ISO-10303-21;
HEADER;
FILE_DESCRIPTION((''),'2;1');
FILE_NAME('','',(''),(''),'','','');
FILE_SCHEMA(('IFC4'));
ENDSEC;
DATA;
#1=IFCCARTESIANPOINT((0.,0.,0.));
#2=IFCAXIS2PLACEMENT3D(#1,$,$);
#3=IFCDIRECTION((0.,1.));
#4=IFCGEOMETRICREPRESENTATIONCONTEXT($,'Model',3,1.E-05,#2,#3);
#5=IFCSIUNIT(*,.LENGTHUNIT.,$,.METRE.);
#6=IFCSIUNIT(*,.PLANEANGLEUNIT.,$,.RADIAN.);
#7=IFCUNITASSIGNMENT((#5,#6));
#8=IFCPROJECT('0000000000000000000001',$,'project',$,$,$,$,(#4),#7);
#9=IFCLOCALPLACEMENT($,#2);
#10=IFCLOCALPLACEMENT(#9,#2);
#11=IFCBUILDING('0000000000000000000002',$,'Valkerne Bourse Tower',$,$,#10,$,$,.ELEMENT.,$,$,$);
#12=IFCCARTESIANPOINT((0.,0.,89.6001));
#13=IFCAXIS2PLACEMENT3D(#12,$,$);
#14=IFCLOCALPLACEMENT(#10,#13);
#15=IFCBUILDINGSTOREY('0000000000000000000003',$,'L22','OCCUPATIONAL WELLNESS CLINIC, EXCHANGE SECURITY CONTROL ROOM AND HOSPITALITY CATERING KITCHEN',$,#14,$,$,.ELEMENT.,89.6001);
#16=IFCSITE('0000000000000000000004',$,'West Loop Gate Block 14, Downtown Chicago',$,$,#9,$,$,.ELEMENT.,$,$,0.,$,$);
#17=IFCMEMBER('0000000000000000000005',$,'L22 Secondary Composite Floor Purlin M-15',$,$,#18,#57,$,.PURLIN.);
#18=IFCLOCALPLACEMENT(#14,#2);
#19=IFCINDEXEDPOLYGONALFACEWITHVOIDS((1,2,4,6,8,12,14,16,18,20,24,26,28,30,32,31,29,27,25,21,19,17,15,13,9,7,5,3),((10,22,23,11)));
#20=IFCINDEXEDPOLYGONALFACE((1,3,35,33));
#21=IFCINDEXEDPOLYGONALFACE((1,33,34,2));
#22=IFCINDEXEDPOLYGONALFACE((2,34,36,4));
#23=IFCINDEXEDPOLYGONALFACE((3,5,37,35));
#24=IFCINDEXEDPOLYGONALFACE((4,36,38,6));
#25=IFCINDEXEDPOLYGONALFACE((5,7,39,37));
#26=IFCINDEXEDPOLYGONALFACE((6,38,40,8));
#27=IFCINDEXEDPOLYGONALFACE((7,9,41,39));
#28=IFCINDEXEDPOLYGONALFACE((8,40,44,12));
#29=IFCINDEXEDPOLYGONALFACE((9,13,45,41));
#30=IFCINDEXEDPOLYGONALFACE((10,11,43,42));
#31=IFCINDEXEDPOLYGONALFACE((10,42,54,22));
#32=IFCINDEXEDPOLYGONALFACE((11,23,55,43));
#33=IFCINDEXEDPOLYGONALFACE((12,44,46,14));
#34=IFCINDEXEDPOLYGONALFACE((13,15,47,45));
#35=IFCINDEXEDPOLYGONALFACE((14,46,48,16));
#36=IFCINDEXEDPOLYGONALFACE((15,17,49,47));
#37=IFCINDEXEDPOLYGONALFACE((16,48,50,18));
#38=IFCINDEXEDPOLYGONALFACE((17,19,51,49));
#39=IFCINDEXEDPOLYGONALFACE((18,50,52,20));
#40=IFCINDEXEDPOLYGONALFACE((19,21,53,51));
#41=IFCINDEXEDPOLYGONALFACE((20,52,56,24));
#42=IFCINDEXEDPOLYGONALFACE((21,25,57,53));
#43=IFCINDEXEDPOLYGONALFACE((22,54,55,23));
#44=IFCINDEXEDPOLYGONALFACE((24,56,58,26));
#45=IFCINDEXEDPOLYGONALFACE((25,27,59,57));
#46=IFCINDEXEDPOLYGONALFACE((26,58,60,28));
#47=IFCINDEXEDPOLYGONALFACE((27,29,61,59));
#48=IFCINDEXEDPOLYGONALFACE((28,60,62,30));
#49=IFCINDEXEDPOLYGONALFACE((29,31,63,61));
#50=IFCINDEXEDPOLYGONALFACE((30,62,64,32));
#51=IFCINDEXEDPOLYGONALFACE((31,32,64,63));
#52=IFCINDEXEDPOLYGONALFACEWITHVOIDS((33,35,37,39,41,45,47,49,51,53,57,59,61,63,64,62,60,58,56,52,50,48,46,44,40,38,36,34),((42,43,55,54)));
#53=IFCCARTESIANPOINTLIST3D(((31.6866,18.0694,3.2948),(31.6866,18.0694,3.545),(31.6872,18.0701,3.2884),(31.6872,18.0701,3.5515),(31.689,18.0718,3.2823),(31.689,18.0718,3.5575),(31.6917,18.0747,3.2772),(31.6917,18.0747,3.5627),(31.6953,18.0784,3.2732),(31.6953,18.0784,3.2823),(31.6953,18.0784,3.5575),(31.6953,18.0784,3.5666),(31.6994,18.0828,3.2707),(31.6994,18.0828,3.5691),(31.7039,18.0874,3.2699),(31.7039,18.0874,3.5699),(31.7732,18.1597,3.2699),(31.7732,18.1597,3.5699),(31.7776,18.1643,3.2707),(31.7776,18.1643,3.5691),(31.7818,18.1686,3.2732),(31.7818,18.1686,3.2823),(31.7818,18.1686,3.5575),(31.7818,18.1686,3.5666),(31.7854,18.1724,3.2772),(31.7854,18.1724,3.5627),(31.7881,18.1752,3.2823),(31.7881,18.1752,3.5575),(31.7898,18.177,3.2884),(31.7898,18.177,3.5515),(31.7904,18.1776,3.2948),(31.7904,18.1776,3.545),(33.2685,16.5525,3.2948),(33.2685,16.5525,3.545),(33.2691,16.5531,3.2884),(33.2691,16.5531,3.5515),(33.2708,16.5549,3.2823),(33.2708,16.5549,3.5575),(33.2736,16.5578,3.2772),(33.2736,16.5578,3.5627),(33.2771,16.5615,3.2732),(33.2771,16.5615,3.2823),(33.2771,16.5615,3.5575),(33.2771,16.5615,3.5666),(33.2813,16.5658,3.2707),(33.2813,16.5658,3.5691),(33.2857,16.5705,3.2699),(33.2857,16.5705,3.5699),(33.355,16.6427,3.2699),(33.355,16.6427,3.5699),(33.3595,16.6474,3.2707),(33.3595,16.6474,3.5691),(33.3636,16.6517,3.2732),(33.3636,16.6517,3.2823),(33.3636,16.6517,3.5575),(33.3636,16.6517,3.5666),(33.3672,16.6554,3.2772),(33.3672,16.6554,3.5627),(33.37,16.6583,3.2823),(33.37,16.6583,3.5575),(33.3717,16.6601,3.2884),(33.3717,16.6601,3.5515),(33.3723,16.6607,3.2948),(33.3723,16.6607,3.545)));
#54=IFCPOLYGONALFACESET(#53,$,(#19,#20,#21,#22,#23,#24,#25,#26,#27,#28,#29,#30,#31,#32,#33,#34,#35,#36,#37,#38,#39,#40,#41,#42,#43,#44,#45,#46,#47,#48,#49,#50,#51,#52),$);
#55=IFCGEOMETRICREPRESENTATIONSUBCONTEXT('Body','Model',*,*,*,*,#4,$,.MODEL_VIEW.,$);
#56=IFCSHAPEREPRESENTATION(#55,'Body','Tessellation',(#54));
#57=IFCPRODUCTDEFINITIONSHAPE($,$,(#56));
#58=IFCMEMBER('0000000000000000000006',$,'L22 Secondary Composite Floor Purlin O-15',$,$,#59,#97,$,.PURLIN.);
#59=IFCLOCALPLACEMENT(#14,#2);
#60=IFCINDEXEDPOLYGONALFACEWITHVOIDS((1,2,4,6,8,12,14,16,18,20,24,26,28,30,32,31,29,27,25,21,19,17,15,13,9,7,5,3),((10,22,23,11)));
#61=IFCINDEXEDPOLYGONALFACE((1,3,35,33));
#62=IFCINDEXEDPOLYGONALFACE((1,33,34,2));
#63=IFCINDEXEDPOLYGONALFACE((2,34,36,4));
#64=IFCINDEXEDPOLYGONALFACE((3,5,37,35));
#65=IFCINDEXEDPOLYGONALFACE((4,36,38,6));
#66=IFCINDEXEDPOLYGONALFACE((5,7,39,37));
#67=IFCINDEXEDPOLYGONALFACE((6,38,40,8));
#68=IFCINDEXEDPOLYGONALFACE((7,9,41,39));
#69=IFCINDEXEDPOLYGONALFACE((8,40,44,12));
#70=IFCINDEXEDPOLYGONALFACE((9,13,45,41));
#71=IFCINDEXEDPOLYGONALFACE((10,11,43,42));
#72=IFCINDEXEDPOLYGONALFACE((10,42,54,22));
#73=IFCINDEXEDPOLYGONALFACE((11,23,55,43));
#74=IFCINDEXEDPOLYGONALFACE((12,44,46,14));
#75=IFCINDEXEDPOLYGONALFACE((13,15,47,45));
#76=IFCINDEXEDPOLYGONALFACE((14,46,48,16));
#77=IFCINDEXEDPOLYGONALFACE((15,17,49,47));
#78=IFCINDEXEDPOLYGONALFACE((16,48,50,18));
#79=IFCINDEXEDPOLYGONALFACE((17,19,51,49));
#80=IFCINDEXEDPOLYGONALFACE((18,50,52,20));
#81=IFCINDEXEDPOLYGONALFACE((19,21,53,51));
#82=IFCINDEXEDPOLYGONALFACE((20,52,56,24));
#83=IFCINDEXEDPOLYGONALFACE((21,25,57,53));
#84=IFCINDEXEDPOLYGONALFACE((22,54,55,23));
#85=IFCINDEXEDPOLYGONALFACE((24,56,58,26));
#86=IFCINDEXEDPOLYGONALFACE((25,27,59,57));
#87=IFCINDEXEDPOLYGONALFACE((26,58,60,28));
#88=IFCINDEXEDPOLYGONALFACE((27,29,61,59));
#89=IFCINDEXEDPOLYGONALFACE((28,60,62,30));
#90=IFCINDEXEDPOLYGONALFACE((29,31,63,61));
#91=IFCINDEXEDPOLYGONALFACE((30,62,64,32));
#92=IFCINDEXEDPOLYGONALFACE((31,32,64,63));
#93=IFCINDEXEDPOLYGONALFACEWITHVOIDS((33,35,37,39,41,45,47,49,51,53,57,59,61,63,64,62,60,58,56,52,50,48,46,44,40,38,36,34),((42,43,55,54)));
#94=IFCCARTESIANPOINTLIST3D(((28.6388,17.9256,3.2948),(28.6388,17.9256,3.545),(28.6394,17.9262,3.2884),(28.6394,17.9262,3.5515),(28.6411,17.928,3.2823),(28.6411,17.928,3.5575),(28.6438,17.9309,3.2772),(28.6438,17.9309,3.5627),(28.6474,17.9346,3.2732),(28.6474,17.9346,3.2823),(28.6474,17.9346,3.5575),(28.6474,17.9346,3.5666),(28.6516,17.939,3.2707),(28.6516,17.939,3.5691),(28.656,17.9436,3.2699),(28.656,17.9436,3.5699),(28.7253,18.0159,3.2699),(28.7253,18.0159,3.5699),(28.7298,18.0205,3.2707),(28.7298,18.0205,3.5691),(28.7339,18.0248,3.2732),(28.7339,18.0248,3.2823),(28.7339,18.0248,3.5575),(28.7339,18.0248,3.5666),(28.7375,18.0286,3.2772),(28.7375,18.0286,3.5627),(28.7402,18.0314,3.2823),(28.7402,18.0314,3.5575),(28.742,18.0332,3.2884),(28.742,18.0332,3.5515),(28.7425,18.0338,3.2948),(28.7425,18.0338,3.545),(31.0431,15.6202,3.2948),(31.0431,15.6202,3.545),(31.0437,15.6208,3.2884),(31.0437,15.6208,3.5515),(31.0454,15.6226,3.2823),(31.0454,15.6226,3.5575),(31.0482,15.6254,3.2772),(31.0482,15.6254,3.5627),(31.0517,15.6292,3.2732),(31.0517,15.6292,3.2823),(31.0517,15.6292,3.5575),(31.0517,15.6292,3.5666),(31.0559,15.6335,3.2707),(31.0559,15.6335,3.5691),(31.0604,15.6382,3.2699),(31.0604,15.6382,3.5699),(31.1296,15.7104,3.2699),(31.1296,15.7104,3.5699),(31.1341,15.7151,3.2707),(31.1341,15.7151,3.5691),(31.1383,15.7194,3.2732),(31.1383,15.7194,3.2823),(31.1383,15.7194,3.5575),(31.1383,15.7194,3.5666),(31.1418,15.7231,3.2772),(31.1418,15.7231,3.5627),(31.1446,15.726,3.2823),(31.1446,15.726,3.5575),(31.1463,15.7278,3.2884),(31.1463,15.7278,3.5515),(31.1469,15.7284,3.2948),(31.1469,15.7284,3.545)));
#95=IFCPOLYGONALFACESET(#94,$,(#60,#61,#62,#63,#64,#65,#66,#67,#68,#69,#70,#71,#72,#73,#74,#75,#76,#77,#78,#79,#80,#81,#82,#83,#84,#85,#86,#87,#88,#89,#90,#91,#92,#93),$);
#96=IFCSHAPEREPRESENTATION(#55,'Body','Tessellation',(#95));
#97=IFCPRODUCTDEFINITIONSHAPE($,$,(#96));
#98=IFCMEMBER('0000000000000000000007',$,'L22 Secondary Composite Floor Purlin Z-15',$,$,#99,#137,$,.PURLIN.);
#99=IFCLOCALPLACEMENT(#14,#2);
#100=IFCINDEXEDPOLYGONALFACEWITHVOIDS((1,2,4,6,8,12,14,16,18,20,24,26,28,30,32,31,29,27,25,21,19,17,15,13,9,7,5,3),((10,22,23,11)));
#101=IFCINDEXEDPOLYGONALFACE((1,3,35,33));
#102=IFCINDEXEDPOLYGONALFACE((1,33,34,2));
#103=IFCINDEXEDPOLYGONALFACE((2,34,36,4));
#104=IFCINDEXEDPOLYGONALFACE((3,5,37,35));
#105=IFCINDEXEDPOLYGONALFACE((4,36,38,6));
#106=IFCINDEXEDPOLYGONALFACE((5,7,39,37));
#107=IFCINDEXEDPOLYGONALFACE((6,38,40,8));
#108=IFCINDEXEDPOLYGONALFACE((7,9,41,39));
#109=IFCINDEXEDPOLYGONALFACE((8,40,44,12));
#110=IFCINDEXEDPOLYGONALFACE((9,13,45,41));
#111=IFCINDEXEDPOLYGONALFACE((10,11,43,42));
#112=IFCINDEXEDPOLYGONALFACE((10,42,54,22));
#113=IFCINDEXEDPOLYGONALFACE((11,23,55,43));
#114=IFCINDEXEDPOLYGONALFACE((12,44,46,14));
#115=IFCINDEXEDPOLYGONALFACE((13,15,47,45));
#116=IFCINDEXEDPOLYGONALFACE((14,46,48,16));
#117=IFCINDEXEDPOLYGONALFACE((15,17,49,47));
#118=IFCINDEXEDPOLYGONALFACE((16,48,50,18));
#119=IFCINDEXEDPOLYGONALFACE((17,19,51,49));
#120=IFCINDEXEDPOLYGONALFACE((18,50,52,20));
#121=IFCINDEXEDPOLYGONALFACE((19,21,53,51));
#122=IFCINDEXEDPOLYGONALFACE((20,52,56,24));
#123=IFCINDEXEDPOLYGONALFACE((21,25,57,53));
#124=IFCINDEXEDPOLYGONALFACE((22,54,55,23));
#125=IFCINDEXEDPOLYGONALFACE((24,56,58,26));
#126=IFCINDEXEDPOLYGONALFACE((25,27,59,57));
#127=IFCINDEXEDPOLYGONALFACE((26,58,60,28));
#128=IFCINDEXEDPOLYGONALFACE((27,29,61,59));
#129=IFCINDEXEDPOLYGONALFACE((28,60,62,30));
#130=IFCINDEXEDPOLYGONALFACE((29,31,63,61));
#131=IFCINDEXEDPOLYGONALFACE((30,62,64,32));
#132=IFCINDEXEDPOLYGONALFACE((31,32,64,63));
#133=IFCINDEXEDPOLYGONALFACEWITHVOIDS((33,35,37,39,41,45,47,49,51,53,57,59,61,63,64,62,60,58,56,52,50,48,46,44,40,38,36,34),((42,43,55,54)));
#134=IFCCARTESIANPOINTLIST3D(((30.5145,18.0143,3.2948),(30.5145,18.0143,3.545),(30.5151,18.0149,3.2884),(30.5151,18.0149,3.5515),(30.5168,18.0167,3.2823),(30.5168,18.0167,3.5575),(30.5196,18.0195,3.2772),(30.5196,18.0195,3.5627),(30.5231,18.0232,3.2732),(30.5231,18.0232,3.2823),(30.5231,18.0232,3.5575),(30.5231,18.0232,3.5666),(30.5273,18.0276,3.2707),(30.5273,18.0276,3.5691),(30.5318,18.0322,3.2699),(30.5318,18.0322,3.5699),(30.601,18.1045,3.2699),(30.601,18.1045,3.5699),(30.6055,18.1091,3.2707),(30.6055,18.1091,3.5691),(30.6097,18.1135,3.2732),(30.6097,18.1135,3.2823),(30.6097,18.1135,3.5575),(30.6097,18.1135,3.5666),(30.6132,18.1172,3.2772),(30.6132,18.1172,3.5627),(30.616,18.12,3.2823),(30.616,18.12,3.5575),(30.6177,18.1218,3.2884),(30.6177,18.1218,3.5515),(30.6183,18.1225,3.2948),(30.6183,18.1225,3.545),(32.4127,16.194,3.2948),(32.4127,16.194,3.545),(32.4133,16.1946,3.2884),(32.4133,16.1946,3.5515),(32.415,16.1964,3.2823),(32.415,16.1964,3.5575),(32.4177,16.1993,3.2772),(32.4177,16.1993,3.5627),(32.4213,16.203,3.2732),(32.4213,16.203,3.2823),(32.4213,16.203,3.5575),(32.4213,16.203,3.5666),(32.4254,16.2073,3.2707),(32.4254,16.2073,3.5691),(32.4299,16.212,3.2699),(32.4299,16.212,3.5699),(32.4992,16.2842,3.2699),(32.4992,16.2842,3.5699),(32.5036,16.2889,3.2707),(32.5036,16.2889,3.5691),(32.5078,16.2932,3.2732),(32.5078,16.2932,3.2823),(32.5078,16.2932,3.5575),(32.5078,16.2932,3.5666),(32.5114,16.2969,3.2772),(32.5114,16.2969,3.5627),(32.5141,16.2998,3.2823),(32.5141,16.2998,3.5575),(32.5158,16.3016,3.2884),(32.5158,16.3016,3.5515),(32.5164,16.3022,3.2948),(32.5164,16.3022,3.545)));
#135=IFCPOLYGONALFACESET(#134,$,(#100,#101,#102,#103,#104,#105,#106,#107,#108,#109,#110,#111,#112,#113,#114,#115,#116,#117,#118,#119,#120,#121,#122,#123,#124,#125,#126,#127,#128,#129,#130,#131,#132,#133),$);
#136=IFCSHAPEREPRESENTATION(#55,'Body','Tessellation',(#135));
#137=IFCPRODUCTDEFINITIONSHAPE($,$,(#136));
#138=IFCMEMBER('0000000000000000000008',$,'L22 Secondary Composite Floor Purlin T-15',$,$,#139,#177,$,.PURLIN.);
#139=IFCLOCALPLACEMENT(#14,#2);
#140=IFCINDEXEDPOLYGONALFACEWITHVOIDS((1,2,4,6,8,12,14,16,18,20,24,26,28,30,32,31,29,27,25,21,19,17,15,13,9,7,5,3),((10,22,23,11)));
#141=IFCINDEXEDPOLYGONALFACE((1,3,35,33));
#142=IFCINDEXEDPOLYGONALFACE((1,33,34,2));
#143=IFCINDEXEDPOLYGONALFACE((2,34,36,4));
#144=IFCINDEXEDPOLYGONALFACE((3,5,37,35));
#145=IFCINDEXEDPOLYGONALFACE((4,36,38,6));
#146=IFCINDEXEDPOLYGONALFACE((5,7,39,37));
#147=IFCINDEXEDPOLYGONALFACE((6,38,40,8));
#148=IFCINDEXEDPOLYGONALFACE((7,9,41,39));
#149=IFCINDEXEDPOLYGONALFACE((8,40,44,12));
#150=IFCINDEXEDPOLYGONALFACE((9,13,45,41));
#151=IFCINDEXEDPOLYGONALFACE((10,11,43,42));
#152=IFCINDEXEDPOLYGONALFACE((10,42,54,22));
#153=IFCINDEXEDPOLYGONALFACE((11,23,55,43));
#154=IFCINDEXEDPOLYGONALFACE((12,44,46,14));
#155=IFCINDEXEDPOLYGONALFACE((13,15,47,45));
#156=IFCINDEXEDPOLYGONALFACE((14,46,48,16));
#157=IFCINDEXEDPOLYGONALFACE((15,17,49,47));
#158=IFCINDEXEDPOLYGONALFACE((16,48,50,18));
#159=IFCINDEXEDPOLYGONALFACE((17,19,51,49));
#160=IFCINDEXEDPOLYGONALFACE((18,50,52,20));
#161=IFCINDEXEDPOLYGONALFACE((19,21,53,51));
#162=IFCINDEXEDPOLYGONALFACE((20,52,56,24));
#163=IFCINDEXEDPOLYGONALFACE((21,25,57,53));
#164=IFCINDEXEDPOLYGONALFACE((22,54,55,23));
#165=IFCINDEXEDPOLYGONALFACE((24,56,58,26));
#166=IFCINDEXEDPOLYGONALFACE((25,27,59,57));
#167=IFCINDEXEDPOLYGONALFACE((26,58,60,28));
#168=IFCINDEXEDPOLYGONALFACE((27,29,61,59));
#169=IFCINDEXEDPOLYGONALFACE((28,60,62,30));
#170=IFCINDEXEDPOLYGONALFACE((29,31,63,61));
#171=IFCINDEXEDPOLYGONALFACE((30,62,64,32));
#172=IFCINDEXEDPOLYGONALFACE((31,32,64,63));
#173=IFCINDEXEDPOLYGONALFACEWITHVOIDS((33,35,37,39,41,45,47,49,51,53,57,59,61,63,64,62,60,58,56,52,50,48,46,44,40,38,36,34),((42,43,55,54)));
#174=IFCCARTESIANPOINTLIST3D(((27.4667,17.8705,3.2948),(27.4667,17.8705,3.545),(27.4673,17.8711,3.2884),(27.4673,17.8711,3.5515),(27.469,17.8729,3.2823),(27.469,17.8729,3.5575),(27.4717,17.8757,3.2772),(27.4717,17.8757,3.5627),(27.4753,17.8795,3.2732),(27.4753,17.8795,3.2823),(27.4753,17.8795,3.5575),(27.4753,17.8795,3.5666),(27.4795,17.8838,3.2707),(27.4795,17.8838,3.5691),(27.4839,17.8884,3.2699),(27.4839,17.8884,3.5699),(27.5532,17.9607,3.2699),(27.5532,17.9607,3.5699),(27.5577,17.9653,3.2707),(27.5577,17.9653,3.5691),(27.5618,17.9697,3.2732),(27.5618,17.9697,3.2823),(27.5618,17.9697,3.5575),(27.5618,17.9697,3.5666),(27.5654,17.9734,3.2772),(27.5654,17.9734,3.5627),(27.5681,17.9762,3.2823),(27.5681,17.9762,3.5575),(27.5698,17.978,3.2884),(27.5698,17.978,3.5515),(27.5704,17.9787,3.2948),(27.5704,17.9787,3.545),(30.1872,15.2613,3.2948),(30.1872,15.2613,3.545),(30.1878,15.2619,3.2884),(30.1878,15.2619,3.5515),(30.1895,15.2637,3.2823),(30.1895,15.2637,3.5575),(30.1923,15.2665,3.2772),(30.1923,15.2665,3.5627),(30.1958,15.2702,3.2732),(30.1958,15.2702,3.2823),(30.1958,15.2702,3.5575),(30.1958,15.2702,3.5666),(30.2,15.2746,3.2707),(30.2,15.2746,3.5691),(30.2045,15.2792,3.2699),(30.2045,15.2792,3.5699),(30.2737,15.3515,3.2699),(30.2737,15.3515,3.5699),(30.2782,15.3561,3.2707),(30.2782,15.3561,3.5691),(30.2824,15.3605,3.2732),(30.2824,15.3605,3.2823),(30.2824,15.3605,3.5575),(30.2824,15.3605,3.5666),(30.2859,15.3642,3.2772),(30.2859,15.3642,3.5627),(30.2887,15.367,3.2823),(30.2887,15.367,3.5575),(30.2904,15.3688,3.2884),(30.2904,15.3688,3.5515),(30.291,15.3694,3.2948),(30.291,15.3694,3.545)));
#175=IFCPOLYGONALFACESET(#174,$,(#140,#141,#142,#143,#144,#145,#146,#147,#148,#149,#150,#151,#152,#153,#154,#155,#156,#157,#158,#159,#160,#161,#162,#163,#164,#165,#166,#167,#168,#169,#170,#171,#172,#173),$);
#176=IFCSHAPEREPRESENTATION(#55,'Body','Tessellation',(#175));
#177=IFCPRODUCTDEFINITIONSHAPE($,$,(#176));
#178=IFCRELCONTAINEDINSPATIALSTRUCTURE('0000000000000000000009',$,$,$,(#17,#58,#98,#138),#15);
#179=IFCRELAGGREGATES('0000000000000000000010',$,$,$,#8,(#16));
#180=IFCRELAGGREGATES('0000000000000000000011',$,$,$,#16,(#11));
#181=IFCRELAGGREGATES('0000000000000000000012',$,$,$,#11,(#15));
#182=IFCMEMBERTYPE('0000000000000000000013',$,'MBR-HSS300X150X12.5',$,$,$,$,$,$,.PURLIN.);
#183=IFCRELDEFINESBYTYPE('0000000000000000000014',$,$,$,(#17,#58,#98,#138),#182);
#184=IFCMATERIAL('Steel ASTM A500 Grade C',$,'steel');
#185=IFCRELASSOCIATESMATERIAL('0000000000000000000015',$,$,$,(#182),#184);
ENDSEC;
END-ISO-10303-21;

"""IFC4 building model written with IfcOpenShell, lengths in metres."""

from ifc_helpers import new_model, si_unit, direction, frame, origin, origin_2d, place, context, subcontext, project, spatial, hollow_rectangle, extrude, material, material_profile, profile_set, type_object, element, save


model = new_model("IFC4")

# Units and contexts
model_context = context("Model", 3, precision=1e-05, world=origin(), true_north=direction((0.0, 1.0)))
body_context = subcontext(model_context, "Body", "Model", "MODEL_VIEW")
ifc_project = project(units=[si_unit("LENGTHUNIT", "METRE"), si_unit("PLANEANGLEUNIT", "RADIAN")], contexts=[model_context])

# Site, building, storey
site_placement = place(None, origin())
site = spatial("IfcSite", under=ifc_project, at=site_placement, Name="West Loop Gate Block 14, Downtown Chicago", CompositionType="ELEMENT", RefElevation=0.0)
building_placement = place(site_placement, origin())
building = spatial("IfcBuilding", under=site, at=building_placement, Name="Valkerne Bourse Tower", CompositionType="ELEMENT")
storey_placement = place(building_placement, frame((0.0, 0.0, 89.6001)))
storey = spatial("IfcBuildingStorey", under=building, at=storey_placement, Name="L22", Description="OCCUPATIONAL WELLNESS CLINIC, EXCHANGE SECURITY CONTROL ROOM AND HOSPITALITY CATERING KITCHEN", CompositionType="ELEMENT", Elevation=89.6001)

# Members
ifc_material_1 = material(Name="Steel ASTM A500 Grade C", Category="steel")
ifc_material_profile_1 = material_profile(ifc_material_1, hollow_rectangle(XDim=0.1499, YDim=0.3, WallThickness=0.0125, OuterFilletRadius=0.0249, at=origin_2d()), Name="HSS300X150X12.5")
ifc_profile_set_1 = profile_set([ifc_material_profile_1], Name="Steel ASTM A500 Grade C")
member_type_1 = type_object("IfcMemberType", Name="MBR-HSS300X150X12.5", PredefinedType="PURLIN", material=ifc_profile_set_1)
member_1_placement = place(storey_placement, frame((31.7385, 18.1235, 3.4199), z_axis=(0.721768, -0.692135, 0.0), x_axis=(0.692135, 0.721768, 0.0)))
element("IfcMember", 1, at=member_1_placement, inside=storey, type_object=member_type_1, Name="L22 Secondary Composite Floor Purlin M-15", PredefinedType="PURLIN", context=body_context, shape_type="SweptSolid", body=[
    extrude(hollow_rectangle(XDim=0.1499, YDim=0.3, WallThickness=0.0125, OuterFilletRadius=0.0249, at=origin_2d()), origin(), (0.0, 0.0, 1.0), 2.1917),
])
member_2_placement = place(storey_placement, frame((28.6907, 17.9797, 3.4199), z_axis=(0.721793, -0.692109, 0.0), x_axis=(0.692109, 0.721793, 0.0)))
element("IfcMember", 2, at=member_2_placement, inside=storey, type_object=member_type_1, Name="L22 Secondary Composite Floor Purlin O-15", PredefinedType="PURLIN", context=body_context, shape_type="SweptSolid", body=[
    extrude(hollow_rectangle(XDim=0.1499, YDim=0.3, WallThickness=0.0125, OuterFilletRadius=0.0249, at=origin_2d()), origin(), (0.0, 0.0, 1.0), 3.3311),
])
member_3_placement = place(storey_placement, frame((30.5664, 18.0684, 3.4199), z_axis=(0.721758, -0.692145, 0.0), x_axis=(0.692145, 0.721758, 0.0)))
element("IfcMember", 3, at=member_3_placement, inside=storey, type_object=member_type_1, Name="L22 Secondary Composite Floor Purlin Z-15", PredefinedType="PURLIN", context=body_context, shape_type="SweptSolid", body=[
    extrude(hollow_rectangle(XDim=0.1499, YDim=0.3, WallThickness=0.0125, OuterFilletRadius=0.0249, at=origin_2d()), origin(), (0.0, 0.0, 1.0), 2.6299),
])
member_4_placement = place(storey_placement, frame((27.5186, 17.9246, 3.4199), z_axis=(0.72172, -0.692185, 0.0), x_axis=(0.692185, 0.72172, 0.0)))
element("IfcMember", 4, at=member_4_placement, inside=storey, type_object=member_type_1, Name="L22 Secondary Composite Floor Purlin T-15", PredefinedType="PURLIN", context=body_context, shape_type="SweptSolid", body=[
    extrude(hollow_rectangle(XDim=0.1499, YDim=0.3, WallThickness=0.0125, OuterFilletRadius=0.0249, at=origin_2d()), origin(), (0.0, 0.0, 1.0), 3.7695),
])

save(model, "model.ifc")
